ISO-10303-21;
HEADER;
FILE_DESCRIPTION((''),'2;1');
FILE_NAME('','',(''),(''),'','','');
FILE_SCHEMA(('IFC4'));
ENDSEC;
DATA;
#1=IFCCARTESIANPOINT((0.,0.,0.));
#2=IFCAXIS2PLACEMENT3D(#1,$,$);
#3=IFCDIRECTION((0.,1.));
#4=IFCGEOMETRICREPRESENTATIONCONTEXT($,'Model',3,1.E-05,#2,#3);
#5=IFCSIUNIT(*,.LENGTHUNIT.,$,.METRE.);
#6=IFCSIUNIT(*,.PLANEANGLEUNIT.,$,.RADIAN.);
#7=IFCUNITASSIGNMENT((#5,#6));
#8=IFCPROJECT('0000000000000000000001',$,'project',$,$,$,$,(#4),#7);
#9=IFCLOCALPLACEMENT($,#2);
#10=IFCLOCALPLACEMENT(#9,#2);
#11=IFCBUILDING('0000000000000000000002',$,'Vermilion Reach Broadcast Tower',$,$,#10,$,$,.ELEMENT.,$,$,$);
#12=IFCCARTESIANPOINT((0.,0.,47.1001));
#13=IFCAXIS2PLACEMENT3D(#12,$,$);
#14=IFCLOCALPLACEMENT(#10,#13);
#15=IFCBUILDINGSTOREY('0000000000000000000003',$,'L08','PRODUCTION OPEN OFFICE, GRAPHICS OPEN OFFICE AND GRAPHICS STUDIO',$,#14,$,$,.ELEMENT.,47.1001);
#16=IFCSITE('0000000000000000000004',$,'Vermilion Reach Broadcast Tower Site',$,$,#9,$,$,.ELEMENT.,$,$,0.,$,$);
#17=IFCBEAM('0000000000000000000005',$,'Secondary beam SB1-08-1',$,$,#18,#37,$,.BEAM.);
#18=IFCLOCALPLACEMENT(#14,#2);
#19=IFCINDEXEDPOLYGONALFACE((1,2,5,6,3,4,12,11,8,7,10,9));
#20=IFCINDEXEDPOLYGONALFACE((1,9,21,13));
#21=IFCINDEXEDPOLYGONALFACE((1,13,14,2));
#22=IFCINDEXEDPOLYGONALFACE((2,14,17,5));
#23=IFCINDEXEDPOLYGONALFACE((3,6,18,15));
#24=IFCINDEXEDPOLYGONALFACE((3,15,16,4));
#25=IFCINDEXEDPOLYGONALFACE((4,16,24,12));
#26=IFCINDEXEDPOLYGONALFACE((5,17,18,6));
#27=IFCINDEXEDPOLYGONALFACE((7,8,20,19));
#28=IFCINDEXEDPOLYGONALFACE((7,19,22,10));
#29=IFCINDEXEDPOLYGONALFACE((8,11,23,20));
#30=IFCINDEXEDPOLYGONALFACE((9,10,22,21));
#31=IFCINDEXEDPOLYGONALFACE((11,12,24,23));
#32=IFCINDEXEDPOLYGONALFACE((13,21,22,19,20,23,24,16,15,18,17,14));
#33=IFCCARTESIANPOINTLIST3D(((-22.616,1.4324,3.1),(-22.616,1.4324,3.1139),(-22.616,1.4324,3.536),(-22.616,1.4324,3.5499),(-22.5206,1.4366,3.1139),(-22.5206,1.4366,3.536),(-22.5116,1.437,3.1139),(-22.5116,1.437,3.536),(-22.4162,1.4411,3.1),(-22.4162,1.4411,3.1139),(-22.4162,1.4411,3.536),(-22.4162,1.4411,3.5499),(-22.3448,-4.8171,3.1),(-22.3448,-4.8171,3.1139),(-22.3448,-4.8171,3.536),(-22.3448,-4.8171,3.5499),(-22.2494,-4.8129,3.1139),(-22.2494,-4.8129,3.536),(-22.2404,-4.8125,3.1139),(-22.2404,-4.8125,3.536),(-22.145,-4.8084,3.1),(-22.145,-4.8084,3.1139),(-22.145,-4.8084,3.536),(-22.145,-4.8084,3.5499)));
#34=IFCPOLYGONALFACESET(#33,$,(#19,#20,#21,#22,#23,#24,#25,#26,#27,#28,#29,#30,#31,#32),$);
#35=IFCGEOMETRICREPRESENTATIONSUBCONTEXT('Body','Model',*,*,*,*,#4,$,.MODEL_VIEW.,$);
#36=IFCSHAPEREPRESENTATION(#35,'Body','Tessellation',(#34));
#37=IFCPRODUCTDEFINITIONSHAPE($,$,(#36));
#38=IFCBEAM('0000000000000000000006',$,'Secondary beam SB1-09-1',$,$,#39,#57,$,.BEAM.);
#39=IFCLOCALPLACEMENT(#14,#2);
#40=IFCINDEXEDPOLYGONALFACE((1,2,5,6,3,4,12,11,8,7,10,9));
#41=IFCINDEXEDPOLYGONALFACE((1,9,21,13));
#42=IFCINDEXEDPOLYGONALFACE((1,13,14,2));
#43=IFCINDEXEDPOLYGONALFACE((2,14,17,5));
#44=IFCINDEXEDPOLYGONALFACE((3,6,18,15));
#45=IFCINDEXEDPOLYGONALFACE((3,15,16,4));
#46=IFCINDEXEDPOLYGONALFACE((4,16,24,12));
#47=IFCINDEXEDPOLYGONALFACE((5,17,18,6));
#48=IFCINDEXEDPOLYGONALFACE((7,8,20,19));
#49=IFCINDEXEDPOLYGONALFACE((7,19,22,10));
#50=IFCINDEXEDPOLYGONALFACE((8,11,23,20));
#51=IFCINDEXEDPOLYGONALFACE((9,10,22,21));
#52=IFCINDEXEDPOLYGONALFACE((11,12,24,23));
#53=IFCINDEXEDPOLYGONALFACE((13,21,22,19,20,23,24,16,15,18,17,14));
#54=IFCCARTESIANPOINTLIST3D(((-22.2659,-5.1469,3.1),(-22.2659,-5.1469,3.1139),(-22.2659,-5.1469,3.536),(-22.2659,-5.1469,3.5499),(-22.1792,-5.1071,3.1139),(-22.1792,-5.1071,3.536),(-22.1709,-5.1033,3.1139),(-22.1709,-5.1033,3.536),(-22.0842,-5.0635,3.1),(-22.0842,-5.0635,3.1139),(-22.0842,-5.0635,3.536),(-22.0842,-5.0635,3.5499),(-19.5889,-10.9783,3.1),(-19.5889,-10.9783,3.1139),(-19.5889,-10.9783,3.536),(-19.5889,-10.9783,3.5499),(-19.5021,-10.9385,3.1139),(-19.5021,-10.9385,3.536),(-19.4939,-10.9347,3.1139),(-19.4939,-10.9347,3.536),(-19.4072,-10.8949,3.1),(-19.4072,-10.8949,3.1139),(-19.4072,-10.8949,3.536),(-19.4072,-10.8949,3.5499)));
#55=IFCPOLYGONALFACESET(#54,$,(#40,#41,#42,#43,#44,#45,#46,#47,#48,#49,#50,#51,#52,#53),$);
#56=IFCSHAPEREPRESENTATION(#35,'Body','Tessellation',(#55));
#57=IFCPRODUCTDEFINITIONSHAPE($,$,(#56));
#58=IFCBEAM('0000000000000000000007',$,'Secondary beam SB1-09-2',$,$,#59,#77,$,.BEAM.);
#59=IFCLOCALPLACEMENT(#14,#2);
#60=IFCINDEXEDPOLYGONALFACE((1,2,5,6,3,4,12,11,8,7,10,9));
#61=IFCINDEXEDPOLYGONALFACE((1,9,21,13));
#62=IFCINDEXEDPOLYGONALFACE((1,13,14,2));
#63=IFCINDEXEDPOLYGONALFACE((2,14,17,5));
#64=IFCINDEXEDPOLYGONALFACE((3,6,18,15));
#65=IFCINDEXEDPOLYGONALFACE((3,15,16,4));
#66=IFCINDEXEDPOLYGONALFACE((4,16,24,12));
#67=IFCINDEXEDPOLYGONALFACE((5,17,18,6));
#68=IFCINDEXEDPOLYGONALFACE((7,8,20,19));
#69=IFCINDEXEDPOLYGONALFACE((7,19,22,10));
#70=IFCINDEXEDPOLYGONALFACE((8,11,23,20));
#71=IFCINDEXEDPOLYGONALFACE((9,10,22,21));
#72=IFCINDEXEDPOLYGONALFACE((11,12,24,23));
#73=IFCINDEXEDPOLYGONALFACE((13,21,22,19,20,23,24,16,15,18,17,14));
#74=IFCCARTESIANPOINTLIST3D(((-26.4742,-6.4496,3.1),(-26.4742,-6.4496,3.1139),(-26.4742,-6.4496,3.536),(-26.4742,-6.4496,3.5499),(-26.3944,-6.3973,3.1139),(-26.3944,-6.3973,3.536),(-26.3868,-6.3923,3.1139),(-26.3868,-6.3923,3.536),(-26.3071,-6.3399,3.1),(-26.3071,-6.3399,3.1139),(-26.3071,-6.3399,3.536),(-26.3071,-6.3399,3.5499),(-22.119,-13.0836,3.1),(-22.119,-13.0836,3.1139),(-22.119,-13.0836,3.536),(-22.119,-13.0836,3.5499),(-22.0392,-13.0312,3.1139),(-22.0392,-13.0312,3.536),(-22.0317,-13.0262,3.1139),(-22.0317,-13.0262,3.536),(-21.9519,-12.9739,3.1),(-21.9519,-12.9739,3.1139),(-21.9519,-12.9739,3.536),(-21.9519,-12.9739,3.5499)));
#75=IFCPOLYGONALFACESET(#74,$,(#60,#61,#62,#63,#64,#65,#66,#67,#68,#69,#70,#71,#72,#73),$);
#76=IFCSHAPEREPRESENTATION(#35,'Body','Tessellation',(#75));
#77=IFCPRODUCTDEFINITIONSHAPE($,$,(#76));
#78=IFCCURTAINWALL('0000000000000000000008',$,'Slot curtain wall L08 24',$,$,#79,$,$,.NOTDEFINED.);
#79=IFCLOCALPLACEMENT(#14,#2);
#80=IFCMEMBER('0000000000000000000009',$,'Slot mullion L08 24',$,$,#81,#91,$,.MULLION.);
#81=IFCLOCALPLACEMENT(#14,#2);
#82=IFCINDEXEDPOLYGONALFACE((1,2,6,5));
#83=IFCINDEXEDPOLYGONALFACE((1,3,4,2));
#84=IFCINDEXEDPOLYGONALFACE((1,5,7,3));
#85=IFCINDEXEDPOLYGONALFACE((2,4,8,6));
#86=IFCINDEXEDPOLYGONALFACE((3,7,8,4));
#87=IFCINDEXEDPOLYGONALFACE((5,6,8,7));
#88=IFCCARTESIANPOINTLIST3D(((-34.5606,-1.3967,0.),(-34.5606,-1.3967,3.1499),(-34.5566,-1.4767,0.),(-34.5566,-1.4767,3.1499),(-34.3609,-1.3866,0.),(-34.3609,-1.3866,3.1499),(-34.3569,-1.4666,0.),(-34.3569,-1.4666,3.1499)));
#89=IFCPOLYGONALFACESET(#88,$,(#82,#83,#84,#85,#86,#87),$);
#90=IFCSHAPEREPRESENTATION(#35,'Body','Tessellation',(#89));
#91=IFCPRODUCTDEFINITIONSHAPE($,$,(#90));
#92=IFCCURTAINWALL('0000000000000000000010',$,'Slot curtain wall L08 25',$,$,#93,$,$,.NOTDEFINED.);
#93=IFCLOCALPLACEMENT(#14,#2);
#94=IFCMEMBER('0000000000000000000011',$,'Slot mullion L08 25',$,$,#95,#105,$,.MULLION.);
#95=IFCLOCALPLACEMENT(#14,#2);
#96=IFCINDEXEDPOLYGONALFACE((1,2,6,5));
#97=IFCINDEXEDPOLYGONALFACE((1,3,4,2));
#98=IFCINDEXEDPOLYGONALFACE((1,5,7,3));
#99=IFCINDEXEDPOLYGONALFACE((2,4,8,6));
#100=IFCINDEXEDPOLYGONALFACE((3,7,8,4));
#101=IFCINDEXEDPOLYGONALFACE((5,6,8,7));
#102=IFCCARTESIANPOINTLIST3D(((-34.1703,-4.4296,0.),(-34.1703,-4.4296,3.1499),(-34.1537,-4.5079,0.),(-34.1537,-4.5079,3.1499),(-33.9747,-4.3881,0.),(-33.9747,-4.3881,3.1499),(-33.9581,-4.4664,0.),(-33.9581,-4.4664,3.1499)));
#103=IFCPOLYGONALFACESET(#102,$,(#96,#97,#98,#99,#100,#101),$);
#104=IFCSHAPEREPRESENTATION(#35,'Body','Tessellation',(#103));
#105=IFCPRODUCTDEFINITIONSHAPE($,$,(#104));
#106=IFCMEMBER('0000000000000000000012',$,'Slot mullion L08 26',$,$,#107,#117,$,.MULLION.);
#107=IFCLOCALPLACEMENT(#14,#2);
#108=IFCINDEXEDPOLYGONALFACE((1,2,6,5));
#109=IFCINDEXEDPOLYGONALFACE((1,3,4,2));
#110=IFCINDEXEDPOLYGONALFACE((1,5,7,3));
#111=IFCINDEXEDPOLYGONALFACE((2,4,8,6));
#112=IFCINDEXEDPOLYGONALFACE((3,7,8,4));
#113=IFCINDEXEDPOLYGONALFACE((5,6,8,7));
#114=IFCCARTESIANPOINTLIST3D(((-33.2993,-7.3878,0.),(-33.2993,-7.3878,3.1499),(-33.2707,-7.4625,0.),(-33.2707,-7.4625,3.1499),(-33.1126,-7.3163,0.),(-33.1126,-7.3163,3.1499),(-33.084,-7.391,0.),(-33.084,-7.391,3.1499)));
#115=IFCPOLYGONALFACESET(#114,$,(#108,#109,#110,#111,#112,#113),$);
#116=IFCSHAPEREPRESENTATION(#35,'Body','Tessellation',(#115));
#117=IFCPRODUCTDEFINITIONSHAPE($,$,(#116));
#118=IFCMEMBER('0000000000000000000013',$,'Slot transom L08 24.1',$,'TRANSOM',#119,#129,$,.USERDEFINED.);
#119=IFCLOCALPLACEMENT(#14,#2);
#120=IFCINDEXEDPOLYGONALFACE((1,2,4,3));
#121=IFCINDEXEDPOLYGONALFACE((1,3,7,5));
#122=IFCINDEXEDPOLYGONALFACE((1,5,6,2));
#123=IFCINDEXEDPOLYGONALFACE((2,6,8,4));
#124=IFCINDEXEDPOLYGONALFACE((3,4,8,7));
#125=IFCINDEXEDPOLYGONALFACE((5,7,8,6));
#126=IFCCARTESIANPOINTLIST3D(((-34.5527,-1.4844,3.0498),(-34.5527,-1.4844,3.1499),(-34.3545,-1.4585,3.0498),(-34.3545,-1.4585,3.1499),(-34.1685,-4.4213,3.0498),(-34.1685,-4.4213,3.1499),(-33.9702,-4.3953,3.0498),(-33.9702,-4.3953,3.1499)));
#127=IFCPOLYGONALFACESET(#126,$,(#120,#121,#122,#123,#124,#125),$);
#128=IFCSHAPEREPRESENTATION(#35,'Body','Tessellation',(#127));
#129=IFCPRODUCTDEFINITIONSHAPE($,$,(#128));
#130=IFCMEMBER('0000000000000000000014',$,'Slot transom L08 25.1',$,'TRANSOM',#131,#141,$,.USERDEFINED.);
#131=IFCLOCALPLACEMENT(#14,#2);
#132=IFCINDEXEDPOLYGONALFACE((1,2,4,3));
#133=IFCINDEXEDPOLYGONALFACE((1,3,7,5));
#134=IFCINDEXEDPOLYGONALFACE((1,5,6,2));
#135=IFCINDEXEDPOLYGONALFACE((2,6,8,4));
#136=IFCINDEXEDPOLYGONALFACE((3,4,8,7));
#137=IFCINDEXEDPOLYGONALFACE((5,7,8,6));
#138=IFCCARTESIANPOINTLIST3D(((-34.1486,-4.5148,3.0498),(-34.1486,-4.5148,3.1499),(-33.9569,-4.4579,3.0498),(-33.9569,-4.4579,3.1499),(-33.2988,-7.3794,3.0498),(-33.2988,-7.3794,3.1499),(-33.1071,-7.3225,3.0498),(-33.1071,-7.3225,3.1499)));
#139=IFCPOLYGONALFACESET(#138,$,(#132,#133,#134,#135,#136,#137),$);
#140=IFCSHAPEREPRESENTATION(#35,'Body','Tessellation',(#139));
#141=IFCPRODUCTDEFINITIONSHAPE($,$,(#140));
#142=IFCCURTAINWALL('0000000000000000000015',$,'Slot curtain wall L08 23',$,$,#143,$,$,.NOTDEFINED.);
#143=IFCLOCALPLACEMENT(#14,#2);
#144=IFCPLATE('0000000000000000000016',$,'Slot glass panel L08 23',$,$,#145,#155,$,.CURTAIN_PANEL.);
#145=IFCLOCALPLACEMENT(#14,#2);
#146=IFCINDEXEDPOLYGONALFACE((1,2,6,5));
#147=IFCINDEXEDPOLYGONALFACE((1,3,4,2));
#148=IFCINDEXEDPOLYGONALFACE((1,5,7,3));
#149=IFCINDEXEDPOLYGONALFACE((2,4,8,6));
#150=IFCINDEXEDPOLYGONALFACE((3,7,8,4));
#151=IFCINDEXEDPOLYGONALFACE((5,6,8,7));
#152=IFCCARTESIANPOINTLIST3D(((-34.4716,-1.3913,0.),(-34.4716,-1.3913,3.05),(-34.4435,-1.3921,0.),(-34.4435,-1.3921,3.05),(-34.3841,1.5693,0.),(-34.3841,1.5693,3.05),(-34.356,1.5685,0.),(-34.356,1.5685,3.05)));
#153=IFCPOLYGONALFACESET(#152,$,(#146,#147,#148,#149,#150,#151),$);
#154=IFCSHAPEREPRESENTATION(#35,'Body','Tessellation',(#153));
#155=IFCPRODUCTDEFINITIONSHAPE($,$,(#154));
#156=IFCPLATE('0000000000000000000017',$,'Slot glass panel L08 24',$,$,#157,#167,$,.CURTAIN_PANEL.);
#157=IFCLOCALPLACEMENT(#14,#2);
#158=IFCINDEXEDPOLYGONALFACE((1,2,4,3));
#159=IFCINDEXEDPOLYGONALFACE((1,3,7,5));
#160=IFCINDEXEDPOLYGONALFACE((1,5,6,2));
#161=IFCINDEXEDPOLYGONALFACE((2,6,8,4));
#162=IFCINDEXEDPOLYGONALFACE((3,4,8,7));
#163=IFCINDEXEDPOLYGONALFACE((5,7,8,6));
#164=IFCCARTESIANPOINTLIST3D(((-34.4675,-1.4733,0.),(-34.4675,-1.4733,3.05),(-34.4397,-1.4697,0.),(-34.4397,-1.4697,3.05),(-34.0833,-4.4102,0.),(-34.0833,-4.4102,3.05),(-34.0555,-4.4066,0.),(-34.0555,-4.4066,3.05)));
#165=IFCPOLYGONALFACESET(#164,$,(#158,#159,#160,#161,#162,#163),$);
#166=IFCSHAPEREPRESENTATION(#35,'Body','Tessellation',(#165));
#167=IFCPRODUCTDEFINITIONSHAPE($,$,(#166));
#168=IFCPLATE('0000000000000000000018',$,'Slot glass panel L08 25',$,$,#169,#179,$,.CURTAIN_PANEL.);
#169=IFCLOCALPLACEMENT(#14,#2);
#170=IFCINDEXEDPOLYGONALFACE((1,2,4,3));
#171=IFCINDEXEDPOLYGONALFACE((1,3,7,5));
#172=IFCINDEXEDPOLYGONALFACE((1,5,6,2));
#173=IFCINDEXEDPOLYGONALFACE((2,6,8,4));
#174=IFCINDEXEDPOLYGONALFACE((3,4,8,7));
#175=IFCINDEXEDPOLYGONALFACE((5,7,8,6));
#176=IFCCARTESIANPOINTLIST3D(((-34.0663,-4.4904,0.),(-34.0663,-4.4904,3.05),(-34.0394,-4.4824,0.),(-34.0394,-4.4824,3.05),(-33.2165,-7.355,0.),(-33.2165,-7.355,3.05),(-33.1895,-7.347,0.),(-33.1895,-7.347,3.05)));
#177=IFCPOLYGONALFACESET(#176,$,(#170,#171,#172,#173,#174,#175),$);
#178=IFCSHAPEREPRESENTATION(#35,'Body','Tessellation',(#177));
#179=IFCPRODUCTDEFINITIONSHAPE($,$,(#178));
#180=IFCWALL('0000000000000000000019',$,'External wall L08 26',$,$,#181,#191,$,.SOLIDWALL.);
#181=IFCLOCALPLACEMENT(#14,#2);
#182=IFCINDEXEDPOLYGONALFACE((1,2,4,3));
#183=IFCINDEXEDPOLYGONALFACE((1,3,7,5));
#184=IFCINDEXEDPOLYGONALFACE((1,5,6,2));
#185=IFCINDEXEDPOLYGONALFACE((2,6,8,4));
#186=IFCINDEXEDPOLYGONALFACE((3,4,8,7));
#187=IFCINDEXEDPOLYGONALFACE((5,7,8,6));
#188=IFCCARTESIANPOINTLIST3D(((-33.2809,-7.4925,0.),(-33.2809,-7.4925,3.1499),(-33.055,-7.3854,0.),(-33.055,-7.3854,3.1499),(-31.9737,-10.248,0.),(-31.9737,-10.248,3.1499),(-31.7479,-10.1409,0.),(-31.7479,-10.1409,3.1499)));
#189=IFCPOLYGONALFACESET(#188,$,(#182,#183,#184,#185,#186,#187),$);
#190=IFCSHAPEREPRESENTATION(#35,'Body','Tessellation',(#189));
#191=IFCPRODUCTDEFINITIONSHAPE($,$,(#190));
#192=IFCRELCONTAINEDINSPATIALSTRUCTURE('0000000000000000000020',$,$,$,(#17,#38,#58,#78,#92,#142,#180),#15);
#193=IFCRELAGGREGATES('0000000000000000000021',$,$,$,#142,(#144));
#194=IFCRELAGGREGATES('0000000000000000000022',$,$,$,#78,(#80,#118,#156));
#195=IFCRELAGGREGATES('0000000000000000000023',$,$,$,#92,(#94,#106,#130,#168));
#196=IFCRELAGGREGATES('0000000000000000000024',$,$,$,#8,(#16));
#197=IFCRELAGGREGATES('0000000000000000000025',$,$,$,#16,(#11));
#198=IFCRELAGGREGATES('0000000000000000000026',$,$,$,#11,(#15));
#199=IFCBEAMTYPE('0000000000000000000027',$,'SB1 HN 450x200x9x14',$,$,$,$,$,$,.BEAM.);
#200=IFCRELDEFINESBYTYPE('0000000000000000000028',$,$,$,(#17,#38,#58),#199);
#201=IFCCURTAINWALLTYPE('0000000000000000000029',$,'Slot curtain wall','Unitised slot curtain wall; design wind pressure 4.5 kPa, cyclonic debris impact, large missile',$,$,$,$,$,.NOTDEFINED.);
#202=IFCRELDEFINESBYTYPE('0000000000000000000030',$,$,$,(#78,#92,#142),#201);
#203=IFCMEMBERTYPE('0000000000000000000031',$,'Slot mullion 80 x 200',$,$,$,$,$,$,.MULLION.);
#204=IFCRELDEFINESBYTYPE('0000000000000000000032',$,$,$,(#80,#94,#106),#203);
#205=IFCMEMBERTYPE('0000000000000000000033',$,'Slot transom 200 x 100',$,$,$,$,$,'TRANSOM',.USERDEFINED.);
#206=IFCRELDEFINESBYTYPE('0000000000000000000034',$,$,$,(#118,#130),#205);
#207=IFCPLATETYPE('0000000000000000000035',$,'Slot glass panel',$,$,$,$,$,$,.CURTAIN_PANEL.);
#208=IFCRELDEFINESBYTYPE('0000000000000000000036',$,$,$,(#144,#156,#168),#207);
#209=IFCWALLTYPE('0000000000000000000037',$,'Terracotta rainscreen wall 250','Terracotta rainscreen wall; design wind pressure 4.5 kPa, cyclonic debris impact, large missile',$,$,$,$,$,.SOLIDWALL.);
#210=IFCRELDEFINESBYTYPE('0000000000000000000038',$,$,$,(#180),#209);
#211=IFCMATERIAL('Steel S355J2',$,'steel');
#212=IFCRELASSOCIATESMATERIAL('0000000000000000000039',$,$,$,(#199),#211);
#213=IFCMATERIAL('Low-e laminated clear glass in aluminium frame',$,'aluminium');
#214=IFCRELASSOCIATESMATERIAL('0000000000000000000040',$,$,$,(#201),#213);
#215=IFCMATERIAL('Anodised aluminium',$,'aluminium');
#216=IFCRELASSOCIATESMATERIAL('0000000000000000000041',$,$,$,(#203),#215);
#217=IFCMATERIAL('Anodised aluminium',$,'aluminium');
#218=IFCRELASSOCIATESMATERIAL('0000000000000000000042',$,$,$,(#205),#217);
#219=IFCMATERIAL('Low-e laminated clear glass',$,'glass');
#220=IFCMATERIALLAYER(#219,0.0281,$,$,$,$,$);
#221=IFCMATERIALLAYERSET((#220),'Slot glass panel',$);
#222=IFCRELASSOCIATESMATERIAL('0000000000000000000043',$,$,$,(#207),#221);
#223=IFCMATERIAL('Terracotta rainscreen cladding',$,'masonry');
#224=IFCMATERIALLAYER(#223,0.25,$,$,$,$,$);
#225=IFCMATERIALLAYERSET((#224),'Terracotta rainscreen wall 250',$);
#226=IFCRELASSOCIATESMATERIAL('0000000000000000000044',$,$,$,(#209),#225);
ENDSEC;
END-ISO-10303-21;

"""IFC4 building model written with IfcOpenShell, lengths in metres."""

from ifc_helpers import new_model, si_unit, direction, frame, frame_2d, origin, origin_2d, place, context, subcontext, project, spatial, rectangle, i_section, extrude, material, layer, layer_set, material_profile, profile_set, type_object, element, aggregate, save


model = new_model("IFC4")

# Units and contexts
model_context = context("Model", 3, precision=1e-05, world=origin(), true_north=direction((0.0, 1.0)))
body_context = subcontext(model_context, "Body", "Model", "MODEL_VIEW")
ifc_project = project(units=[si_unit("LENGTHUNIT", "METRE"), si_unit("PLANEANGLEUNIT", "RADIAN")], contexts=[model_context])

# Site, building, storey
site_placement = place(None, origin())
site = spatial("IfcSite", under=ifc_project, at=site_placement, Name="Vermilion Reach Broadcast Tower Site", CompositionType="ELEMENT", RefElevation=0.0)
building_placement = place(site_placement, origin())
building = spatial("IfcBuilding", under=site, at=building_placement, Name="Vermilion Reach Broadcast Tower", CompositionType="ELEMENT")
storey_placement = place(building_placement, frame((0.0, 0.0, 47.1001)))
storey = spatial("IfcBuildingStorey", under=building, at=storey_placement, Name="L08", Description="PRODUCTION OPEN OFFICE, GRAPHICS OPEN OFFICE AND GRAPHICS STUDIO", CompositionType="ELEMENT", Elevation=47.1001)

# Beams
ifc_material_1 = material(Name="Steel S355J2", Category="steel")
ifc_material_profile_1 = material_profile(ifc_material_1, i_section(OverallWidth=0.2, OverallDepth=0.45, WebThickness=0.009, FlangeThickness=0.0139, at=origin_2d()), Name="S355J2 HN 450x200x9x14")
ifc_profile_set_1 = profile_set([ifc_material_profile_1], Name="Steel S355J2")
beam_type_1 = type_object("IfcBeamType", Name="SB1 HN 450x200x9x14", PredefinedType="BEAM", material=ifc_profile_set_1)
beam_1_placement = place(storey_placement, frame((-22.5161, 1.4368, 3.325), z_axis=(0.043361, -0.999059, 0.0), x_axis=(0.999059, 0.043361, 0.0)))
element("IfcBeam", 1, at=beam_1_placement, inside=storey, type_object=beam_type_1, Name="Secondary beam SB1-08-1", PredefinedType="BEAM", context=body_context, shape_type="SweptSolid", body=[
    extrude(i_section(OverallWidth=0.2, OverallDepth=0.45, WebThickness=0.009, FlangeThickness=0.0139, at=origin_2d()), origin(), (0.0, 0.0, 1.0), 6.2554),
])
beam_2_placement = place(storey_placement, frame((-22.175, -5.1052, 3.325), z_axis=(0.417211, -0.908809, 0.0), x_axis=(0.908809, 0.417211, 0.0)))
element("IfcBeam", 2, at=beam_2_placement, inside=storey, type_object=beam_type_1, Name="Secondary beam SB1-09-1", PredefinedType="BEAM", context=body_context, shape_type="SweptSolid", body=[
    extrude(i_section(OverallWidth=0.2, OverallDepth=0.45, WebThickness=0.009, FlangeThickness=0.0139, at=origin_2d()), origin(), (0.0, 0.0, 1.0), 6.4165),
])
beam_3_placement = place(storey_placement, frame((-26.3906, -6.3948, 3.325), z_axis=(0.548801, -0.835953, 0.0), x_axis=(0.835953, 0.548801, 0.0)))
element("IfcBeam", 3, at=beam_3_placement, inside=storey, type_object=beam_type_1, Name="Secondary beam SB1-09-2", PredefinedType="BEAM", context=body_context, shape_type="SweptSolid", body=[
    extrude(i_section(OverallWidth=0.2, OverallDepth=0.45, WebThickness=0.009, FlangeThickness=0.0139, at=origin_2d()), origin(), (0.0, 0.0, 1.0), 7.9358),
])

# Curtain wall, member
ifc_material_2 = material(Name="Low-e laminated clear glass in aluminium frame", Category="aluminium")
curtain_wall_type = type_object("IfcCurtainWallType", Name="Slot curtain wall", Description="Unitised slot curtain wall; design wind pressure 4.5 kPa, cyclonic debris impact, large missile", PredefinedType="NOTDEFINED", material=ifc_material_2)
placement = place(storey_placement, origin())
curtain_wall_1 = element("IfcCurtainWall", 4, at=placement, inside=storey, type_object=curtain_wall_type, Name="Slot curtain wall L08 24", PredefinedType="NOTDEFINED")
ifc_material_3 = material(Name="Anodised aluminium", Category="aluminium")
ifc_material_profile_2 = material_profile(ifc_material_3, rectangle(XDim=0.2, YDim=0.0801, at=origin_2d()), Name="Slot mullion 80 x 200")
ifc_profile_set_2 = profile_set([ifc_material_profile_2], Name="Anodised aluminium")
member_type_1 = type_object("IfcMemberType", Name="Slot mullion 80 x 200", PredefinedType="MULLION", material=ifc_profile_set_2)
member_1_placement = place(storey_placement, frame((-34.4587, -1.4316, 0.0), z_axis=(0.0, 0.0, 1.0), x_axis=(0.998737, 0.050244, 0.0)))
member_1 = element("IfcMember", 5, at=member_1_placement, type_object=member_type_1, Name="Slot mullion L08 24", PredefinedType="MULLION", context=body_context, shape_type="SweptSolid", body=[
    extrude(rectangle(XDim=0.2, YDim=0.0801, at=origin_2d()), origin(), (0.0, 0.0, 1.0), 3.1499),
])

# Curtain wall, members
curtain_wall_2 = element("IfcCurtainWall", 6, at=placement, inside=storey, type_object=curtain_wall_type, Name="Slot curtain wall L08 25", PredefinedType="NOTDEFINED")
member_2_placement = place(storey_placement, frame((-34.0642, -4.448, 0.0), z_axis=(0.0, 0.0, 1.0), x_axis=(0.978188, 0.207722, 0.0)))
member_2 = element("IfcMember", 7, at=member_2_placement, type_object=member_type_1, Name="Slot mullion L08 25", PredefinedType="MULLION", context=body_context, shape_type="SweptSolid", body=[
    extrude(rectangle(XDim=0.2, YDim=0.0801, at=origin_2d()), origin(), (0.0, 0.0, 1.0), 3.1499),
])
member_3_placement = place(storey_placement, frame((-33.1917, -7.3894, 0.0), z_axis=(0.0, 0.0, 1.0), x_axis=(0.933871, 0.357609, 0.0)))
member_3 = element("IfcMember", 8, at=member_3_placement, type_object=member_type_1, Name="Slot mullion L08 26", PredefinedType="MULLION", context=body_context, shape_type="SweptSolid", body=[
    extrude(rectangle(XDim=0.2, YDim=0.0801, at=origin_2d()), origin(), (0.0, 0.0, 1.0), 3.1499),
])

# Members
ifc_material_4 = material(Name="Anodised aluminium", Category="aluminium")
ifc_material_profile_3 = material_profile(ifc_material_4, rectangle(XDim=0.2, YDim=0.1001, at=origin_2d()), Name="Slot transom 200 x 100")
ifc_profile_set_3 = profile_set([ifc_material_profile_3], Name="Anodised aluminium")
member_type_2 = type_object("IfcMemberType", Name="Slot transom 200 x 100", ElementType="TRANSOM", PredefinedType="USERDEFINED", material=ifc_profile_set_3)
member_4_placement = place(storey_placement, frame((-34.4536, -1.4714, 3.0999), z_axis=(0.129744, -0.991547, 0.0), x_axis=(0.991547, 0.129744, 0.0)))
member_4 = element("IfcMember", 9, at=member_4_placement, type_object=member_type_2, Name="Slot transom L08 24.1", ObjectType="TRANSOM", PredefinedType="USERDEFINED", context=body_context, shape_type="SweptSolid", body=[
    extrude(rectangle(XDim=0.2, YDim=0.1001, at=origin_2d()), origin(), (0.0, 0.0, 1.0), 2.9619),
])
member_5_placement = place(storey_placement, frame((-34.0527, -4.4863, 3.0999), z_axis=(0.284408, -0.958703, 0.0), x_axis=(0.958703, 0.284408, 0.0)))
member_5 = element("IfcMember", 10, at=member_5_placement, type_object=member_type_2, Name="Slot transom L08 25.1", ObjectType="TRANSOM", PredefinedType="USERDEFINED", context=body_context, shape_type="SweptSolid", body=[
    extrude(rectangle(XDim=0.2, YDim=0.1001, at=origin_2d()), origin(), (0.0, 0.0, 1.0), 2.988),
])

# Curtain wall, plate
curtain_wall_3 = element("IfcCurtainWall", 11, at=placement, inside=storey, type_object=curtain_wall_type, Name="Slot curtain wall L08 23", PredefinedType="NOTDEFINED")
ifc_material_5 = material(Name="Low-e laminated clear glass", Category="glass")
ifc_layer_1 = layer(ifc_material_5, 0.0281)
ifc_layer_set_1 = layer_set([ifc_layer_1], Name="Slot glass panel")
plate_type = type_object("IfcPlateType", Name="Slot glass panel", PredefinedType="CURTAIN_PANEL", material=ifc_layer_set_1)
plate_1_placement = place(storey_placement, frame((-34.4138, 0.0886, 0.0), z_axis=(0.0, 0.0, 1.0), x_axis=(-0.029548, -0.999563, 0.0)))
plate_1 = element("IfcPlate", 12, at=plate_1_placement, type_object=plate_type, Name="Slot glass panel L08 23", PredefinedType="CURTAIN_PANEL", context=body_context, shape_type="SweptSolid", body=[
    extrude(rectangle(XDim=2.9619, YDim=0.0281, at=origin_2d()), origin(), (0.0, 0.0, 1.0), 3.05),
])
aggregate(curtain_wall_3, [plate_1])

# Plates
plate_2_placement = place(storey_placement, frame((-34.2615, -2.9399, 0.0), z_axis=(0.0, 0.0, 1.0), x_axis=(0.129717, -0.991551, 0.0)))
plate_2 = element("IfcPlate", 13, at=plate_2_placement, type_object=plate_type, Name="Slot glass panel L08 24", PredefinedType="CURTAIN_PANEL", context=body_context, shape_type="SweptSolid", body=[
    extrude(rectangle(XDim=2.9619, YDim=0.0281, at=origin_2d()), origin(), (0.0, 0.0, 1.0), 3.05),
])
aggregate(curtain_wall_1, [member_1, member_4, plate_2])
plate_3_placement = place(storey_placement, frame((-33.6279, -5.9187, 0.0), z_axis=(0.0, 0.0, 1.0), x_axis=(0.284426, -0.958698, 0.0)))
plate_3 = element("IfcPlate", 14, at=plate_3_placement, type_object=plate_type, Name="Slot glass panel L08 25", PredefinedType="CURTAIN_PANEL", context=body_context, shape_type="SweptSolid", body=[
    extrude(rectangle(XDim=2.988, YDim=0.0281, at=origin_2d()), origin(), (0.0, 0.0, 1.0), 3.05),
])
aggregate(curtain_wall_2, [member_2, member_3, member_5, plate_3])

# Wall
ifc_material_6 = material(Name="Terracotta rainscreen cladding", Category="masonry")
ifc_layer_2 = layer(ifc_material_6, 0.25)
ifc_layer_set_2 = layer_set([ifc_layer_2], Name="Terracotta rainscreen wall 250")
wall_type = type_object("IfcWallType", Name="Terracotta rainscreen wall 250", Description="Terracotta rainscreen wall; design wind pressure 4.5 kPa, cyclonic debris impact, large missile", PredefinedType="SOLIDWALL", material=ifc_layer_set_2)
wall_placement = place(storey_placement, frame((-33.168, -7.439, 0.0), z_axis=(0.0, 0.0, 1.0), x_axis=(0.428609, -0.90349, 0.0)))
element("IfcWall", 15, at=wall_placement, inside=storey, type_object=wall_type, Name="External wall L08 26", PredefinedType="SOLIDWALL", context=body_context, shape_type="SweptSolid", body=[
    extrude(rectangle(XDim=3.0498, YDim=0.25, at=frame_2d((1.5249, 0.0))), origin(), (0.0, 0.0, 1.0), 3.1499),
])

save(model, "model.ifc")
